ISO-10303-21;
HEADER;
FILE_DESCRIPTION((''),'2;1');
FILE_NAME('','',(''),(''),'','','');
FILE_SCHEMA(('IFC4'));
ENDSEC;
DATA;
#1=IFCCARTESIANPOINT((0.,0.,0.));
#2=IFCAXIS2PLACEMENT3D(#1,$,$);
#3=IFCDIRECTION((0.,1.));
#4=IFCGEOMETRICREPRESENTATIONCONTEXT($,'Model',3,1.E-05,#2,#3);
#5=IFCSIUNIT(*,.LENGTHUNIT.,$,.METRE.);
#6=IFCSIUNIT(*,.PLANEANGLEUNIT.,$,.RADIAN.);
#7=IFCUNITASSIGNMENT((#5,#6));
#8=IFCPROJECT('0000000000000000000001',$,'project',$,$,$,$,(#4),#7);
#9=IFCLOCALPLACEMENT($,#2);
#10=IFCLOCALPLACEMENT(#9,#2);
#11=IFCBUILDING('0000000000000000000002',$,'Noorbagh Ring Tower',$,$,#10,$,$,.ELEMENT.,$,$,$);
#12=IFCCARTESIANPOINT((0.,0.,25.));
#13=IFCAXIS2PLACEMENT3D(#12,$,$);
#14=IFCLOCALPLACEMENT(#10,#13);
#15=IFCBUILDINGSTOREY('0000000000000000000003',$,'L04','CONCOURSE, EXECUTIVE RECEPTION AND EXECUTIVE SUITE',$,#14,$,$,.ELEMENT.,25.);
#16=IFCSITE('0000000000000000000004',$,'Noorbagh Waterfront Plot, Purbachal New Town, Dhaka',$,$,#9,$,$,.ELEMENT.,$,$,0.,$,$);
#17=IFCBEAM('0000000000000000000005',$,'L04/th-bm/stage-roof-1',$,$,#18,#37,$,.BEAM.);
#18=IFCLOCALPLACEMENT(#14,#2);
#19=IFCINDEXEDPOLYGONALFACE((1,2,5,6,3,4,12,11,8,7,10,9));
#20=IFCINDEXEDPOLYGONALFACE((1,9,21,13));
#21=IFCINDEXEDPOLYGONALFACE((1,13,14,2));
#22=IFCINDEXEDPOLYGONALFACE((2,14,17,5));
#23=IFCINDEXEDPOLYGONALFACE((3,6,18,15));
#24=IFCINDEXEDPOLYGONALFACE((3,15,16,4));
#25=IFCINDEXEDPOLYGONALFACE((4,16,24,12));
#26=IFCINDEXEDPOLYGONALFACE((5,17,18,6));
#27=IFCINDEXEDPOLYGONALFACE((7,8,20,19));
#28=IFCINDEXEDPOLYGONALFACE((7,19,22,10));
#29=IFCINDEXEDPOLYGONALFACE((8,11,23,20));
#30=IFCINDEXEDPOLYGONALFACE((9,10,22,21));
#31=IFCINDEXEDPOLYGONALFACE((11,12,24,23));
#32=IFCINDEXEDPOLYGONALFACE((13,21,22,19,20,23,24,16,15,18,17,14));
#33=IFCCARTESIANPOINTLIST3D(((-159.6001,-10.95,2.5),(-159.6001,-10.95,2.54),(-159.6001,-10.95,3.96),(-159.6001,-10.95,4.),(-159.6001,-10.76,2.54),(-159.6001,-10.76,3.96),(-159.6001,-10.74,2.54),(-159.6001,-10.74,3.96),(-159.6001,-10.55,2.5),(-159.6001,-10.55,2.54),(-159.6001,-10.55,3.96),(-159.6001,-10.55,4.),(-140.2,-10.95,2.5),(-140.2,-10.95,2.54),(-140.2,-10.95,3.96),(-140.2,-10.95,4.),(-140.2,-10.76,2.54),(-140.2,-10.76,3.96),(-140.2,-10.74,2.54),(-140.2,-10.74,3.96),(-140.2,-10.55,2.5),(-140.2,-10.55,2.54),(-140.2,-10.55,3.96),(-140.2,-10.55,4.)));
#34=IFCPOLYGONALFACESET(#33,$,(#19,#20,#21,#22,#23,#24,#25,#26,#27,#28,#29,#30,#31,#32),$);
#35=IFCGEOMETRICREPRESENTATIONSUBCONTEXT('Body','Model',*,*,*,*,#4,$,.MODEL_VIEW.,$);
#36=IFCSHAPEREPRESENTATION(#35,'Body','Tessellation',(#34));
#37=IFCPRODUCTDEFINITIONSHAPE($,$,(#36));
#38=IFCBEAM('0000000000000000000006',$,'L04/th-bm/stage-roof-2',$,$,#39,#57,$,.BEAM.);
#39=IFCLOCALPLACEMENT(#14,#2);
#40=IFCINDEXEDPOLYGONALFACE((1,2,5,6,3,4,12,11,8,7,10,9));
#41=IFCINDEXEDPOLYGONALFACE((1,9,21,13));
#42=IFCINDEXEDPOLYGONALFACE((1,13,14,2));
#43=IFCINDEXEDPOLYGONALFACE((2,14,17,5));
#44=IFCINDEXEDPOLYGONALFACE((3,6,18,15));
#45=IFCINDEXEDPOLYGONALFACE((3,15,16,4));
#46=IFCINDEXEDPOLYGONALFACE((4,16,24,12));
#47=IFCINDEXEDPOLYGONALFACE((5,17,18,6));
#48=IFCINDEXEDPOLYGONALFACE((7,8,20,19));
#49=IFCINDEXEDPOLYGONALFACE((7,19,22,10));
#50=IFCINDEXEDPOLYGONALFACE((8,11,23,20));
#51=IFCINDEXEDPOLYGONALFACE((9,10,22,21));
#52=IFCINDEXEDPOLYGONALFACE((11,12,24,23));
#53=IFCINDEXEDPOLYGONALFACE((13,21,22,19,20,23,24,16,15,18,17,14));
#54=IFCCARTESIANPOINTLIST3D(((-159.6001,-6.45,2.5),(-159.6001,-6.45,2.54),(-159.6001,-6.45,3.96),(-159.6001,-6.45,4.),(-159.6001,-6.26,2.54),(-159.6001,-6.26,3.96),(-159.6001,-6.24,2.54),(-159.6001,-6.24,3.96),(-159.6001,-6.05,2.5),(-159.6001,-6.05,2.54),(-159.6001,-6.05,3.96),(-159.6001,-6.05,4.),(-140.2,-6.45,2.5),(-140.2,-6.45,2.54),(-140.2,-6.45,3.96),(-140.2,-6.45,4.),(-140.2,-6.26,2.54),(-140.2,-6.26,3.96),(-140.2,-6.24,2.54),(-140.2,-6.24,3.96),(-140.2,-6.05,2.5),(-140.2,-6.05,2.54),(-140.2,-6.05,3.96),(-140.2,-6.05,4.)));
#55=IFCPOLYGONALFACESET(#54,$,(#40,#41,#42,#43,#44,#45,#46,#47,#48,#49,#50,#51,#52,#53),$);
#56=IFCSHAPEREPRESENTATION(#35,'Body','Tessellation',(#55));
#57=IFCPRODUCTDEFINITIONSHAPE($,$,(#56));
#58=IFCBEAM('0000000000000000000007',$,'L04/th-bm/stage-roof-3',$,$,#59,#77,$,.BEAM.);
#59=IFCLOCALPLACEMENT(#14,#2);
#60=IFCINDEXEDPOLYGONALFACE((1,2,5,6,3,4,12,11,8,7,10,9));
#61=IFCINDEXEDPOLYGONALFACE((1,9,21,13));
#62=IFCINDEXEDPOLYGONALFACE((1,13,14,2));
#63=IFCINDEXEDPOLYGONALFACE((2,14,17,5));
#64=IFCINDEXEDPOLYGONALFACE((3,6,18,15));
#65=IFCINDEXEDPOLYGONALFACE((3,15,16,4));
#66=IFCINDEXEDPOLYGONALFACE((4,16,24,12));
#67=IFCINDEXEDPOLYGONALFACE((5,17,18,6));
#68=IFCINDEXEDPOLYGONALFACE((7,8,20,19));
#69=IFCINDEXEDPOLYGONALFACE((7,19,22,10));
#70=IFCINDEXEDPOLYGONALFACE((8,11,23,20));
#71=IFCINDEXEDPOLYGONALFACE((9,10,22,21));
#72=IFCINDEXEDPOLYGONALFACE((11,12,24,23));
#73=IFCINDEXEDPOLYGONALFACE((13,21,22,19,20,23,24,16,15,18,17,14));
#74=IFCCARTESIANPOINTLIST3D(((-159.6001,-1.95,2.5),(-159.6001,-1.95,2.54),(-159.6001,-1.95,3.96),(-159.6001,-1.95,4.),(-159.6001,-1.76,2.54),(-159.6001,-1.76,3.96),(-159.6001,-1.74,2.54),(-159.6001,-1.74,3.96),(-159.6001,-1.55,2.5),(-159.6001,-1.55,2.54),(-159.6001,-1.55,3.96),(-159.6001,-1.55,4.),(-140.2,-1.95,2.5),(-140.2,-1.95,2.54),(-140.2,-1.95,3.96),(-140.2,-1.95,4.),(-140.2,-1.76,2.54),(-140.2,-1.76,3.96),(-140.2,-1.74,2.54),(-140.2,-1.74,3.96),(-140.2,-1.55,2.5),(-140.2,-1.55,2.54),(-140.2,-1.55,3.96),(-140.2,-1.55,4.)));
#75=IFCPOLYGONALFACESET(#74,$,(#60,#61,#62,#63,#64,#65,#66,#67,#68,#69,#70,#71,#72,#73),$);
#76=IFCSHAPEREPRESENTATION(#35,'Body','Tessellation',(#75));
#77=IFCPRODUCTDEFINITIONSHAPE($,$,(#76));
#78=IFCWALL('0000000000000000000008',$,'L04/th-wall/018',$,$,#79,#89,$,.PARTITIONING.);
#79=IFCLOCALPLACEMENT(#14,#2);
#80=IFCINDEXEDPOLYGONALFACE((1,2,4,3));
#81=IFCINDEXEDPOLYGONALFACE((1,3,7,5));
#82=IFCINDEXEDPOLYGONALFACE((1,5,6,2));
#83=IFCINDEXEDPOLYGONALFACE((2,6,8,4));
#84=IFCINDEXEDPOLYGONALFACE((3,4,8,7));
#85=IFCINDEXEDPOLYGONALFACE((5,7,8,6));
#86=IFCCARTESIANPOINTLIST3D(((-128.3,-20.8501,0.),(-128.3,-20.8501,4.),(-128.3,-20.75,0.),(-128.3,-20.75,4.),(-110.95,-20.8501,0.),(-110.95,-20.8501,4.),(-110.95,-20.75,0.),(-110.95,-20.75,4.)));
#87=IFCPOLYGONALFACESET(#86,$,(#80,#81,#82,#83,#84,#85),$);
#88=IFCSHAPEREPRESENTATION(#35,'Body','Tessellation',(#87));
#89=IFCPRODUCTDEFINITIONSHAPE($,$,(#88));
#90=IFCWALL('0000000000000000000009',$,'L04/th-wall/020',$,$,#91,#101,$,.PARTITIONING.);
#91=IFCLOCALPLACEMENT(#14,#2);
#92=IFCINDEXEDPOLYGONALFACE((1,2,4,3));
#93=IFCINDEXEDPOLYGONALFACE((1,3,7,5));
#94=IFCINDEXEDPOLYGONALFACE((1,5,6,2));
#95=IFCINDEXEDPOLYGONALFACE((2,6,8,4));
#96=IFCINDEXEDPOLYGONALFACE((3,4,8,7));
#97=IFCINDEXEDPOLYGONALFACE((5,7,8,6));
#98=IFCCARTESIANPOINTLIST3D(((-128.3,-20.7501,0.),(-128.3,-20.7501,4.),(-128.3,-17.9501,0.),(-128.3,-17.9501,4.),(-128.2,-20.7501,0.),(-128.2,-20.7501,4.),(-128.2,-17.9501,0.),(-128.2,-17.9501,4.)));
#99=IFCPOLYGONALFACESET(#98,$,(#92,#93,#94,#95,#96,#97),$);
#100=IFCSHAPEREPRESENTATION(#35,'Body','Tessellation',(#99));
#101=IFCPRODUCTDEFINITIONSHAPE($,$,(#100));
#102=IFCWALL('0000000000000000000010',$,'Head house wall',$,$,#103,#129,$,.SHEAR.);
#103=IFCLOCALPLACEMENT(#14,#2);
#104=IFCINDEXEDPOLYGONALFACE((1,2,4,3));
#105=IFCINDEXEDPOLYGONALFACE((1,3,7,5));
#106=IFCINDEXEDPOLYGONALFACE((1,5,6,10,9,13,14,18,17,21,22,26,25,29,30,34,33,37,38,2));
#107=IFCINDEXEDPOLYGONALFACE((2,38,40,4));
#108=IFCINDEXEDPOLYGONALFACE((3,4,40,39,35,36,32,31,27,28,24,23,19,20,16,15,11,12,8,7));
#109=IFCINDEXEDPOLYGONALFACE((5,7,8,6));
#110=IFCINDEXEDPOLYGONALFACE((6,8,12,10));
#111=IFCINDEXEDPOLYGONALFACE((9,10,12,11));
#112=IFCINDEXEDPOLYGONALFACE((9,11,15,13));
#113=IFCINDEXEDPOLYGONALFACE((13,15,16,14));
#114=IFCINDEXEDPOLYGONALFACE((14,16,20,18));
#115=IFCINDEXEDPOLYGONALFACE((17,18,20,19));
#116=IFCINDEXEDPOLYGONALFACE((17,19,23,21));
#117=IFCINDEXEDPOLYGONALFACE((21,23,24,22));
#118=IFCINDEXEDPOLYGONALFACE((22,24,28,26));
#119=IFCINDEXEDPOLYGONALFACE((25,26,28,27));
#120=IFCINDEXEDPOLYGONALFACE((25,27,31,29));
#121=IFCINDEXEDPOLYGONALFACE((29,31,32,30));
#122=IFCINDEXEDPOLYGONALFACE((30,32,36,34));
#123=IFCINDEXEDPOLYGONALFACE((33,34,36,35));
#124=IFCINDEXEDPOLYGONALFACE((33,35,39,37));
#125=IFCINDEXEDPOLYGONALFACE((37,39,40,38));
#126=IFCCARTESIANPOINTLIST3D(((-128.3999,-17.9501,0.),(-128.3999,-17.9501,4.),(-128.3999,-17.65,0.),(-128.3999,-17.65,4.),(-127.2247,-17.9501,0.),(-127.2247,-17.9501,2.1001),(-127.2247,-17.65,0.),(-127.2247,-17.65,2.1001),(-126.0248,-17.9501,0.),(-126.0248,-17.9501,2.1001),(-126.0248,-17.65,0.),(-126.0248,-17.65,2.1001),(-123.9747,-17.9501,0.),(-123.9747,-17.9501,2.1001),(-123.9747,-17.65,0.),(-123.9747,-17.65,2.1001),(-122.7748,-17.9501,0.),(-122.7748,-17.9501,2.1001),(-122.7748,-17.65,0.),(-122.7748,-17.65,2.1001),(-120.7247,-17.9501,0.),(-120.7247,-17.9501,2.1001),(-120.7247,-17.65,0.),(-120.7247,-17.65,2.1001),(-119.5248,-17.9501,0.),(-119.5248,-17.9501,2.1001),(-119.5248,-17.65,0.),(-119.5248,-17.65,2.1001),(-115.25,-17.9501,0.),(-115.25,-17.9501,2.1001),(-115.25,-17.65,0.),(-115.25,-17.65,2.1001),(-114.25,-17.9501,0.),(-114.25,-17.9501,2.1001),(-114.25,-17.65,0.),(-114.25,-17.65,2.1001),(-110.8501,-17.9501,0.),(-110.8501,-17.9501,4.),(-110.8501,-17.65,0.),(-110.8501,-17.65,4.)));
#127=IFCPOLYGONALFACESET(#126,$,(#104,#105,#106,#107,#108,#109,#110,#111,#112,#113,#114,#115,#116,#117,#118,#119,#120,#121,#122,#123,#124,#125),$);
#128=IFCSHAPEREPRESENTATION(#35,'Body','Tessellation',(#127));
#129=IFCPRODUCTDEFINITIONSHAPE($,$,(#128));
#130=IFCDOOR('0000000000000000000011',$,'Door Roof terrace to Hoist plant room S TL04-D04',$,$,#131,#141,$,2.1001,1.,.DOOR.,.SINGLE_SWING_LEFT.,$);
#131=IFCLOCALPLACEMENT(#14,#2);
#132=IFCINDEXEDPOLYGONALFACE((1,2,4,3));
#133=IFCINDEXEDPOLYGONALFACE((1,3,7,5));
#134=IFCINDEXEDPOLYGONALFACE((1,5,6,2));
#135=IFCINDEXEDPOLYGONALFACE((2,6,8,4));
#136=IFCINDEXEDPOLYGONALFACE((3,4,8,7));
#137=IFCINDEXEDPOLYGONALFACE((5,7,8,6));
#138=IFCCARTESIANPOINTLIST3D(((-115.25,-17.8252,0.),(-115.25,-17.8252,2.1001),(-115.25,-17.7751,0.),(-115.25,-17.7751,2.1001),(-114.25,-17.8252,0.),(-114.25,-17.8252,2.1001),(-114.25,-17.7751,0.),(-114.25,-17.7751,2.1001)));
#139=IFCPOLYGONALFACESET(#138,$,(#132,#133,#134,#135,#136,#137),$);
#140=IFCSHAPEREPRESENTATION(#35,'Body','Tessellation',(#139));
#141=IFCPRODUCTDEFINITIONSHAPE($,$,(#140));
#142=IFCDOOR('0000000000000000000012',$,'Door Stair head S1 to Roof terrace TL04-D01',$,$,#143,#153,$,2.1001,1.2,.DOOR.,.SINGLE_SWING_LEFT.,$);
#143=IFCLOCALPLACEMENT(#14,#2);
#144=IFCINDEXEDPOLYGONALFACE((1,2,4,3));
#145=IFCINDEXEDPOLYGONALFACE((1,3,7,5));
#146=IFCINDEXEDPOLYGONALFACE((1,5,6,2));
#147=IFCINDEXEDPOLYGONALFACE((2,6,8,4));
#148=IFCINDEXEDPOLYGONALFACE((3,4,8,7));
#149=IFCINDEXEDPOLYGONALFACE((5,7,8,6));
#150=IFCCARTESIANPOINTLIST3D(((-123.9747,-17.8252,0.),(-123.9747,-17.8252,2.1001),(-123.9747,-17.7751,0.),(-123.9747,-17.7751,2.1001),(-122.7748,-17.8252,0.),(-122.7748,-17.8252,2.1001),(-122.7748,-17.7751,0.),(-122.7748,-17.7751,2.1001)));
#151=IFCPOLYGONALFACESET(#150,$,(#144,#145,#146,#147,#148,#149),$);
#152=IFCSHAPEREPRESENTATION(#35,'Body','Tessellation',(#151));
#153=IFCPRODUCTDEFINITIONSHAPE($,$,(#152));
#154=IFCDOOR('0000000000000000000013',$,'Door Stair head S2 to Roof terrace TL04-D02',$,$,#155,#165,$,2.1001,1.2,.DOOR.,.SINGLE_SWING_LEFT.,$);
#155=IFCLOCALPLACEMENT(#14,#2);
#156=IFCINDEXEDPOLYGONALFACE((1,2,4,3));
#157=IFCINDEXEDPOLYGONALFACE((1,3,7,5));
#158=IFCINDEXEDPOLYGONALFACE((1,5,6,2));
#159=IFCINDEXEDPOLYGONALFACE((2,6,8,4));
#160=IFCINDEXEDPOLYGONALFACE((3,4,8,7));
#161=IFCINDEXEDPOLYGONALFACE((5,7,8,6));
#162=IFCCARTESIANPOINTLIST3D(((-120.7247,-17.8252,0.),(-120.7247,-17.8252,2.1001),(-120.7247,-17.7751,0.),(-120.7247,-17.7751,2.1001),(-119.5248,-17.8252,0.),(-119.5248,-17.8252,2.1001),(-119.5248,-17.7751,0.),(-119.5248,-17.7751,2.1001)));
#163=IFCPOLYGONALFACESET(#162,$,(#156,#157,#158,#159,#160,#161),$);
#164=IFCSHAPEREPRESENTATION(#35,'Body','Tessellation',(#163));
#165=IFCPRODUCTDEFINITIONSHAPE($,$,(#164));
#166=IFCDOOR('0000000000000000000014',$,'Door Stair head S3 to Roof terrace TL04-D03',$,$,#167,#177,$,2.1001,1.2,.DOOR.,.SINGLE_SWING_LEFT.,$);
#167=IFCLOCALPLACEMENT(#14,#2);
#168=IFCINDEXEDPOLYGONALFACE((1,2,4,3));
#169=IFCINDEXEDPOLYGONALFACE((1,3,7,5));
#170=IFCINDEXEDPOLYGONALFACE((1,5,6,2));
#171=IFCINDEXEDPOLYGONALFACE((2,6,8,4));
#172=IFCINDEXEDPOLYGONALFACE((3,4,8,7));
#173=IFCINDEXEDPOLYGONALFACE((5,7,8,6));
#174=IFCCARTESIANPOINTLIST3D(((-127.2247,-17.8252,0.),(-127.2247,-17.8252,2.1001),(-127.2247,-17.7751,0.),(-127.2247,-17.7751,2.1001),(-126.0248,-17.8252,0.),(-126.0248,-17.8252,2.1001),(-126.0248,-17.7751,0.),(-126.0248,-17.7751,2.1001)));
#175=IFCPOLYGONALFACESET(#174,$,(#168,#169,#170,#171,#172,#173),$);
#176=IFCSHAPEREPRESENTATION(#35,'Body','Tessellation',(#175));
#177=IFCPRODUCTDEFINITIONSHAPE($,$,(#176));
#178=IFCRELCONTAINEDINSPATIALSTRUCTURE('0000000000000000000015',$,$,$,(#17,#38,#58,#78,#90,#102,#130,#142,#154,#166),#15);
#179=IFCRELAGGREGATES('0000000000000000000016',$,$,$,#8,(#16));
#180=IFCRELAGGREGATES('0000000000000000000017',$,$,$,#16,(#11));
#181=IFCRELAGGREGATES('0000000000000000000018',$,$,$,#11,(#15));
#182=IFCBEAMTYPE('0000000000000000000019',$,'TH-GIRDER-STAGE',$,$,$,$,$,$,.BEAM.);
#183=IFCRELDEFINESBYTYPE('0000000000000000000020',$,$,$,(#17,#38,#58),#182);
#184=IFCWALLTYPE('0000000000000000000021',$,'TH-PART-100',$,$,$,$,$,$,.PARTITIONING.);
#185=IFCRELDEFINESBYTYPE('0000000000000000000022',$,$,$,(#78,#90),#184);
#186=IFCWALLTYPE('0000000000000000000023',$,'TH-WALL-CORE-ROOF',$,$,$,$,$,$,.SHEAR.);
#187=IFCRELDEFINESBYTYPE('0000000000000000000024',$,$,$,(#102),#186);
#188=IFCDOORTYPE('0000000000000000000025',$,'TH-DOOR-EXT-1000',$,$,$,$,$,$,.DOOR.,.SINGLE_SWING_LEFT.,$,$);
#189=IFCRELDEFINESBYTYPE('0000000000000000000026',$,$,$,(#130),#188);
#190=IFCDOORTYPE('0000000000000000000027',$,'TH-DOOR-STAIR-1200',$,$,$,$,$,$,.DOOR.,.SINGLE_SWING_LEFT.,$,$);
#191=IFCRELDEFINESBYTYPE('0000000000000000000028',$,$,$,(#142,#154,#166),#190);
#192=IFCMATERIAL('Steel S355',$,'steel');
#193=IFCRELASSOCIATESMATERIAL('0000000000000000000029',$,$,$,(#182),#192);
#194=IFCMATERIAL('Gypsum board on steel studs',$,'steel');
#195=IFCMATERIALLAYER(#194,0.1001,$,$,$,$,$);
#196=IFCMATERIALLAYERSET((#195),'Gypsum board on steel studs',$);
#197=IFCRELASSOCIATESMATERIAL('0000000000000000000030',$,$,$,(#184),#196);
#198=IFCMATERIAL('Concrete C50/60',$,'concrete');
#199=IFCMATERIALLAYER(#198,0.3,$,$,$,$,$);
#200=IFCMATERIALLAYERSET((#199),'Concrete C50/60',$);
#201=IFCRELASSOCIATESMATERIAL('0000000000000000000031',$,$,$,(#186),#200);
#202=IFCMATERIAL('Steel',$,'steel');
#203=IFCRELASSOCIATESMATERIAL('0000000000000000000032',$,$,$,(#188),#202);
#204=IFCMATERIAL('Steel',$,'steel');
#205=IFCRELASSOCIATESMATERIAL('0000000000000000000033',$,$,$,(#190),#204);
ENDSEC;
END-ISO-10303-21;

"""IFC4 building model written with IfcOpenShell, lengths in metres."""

from ifc_helpers import new_model, si_unit, direction, frame, frame_2d, origin, origin_2d, place, context, subcontext, project, spatial, rectangle, i_section, extrude, material, layer, layer_set, material_profile, profile_set, type_object, element, fill, save


model = new_model("IFC4")

# Units and contexts
model_context = context("Model", 3, precision=1e-05, world=origin(), true_north=direction((0.0, 1.0)))
body_context = subcontext(model_context, "Body", "Model", "MODEL_VIEW")
ifc_project = project(units=[si_unit("LENGTHUNIT", "METRE"), si_unit("PLANEANGLEUNIT", "RADIAN")], contexts=[model_context])

# Site, building, storey
site_placement = place(None, origin())
site = spatial("IfcSite", under=ifc_project, at=site_placement, Name="Noorbagh Waterfront Plot, Purbachal New Town, Dhaka", CompositionType="ELEMENT", RefElevation=0.0)
building_placement = place(site_placement, origin())
building = spatial("IfcBuilding", under=site, at=building_placement, Name="Noorbagh Ring Tower", CompositionType="ELEMENT")
storey_placement = place(building_placement, frame((0.0, 0.0, 25.0)))
storey = spatial("IfcBuildingStorey", under=building, at=storey_placement, Name="L04", Description="CONCOURSE, EXECUTIVE RECEPTION AND EXECUTIVE SUITE", CompositionType="ELEMENT", Elevation=25.0)

# Beams
ifc_material_1 = material(Name="Steel S355", Category="steel")
ifc_material_profile = material_profile(ifc_material_1, i_section(OverallWidth=0.3999, OverallDepth=1.5, WebThickness=0.02, FlangeThickness=0.04, at=origin_2d()), Name="PG1500x400x20x40")
ifc_profile_set = profile_set([ifc_material_profile], Name="Steel S355")
beam_type = type_object("IfcBeamType", Name="TH-GIRDER-STAGE", PredefinedType="BEAM", material=ifc_profile_set)
for number, where, z_axis, x_axis, name in (
    (1, (-159.6001, -10.75, 3.25), (1.0, 0.0, 0.0), (0.0, 1.0, 0.0), "L04/th-bm/stage-roof-1"),
    (2, (-159.6001, -6.25, 3.25), (1.0, 0.0, 0.0), (0.0, 1.0, 0.0), "L04/th-bm/stage-roof-2"),
    (3, (-159.6001, -1.75, 3.25), (1.0, 0.0, 0.0), (0.0, 1.0, 0.0), "L04/th-bm/stage-roof-3"),
):
    element("IfcBeam", number, at=place(storey_placement, frame(where, z_axis=z_axis, x_axis=x_axis)), inside=storey, type_object=beam_type, Name=name, PredefinedType="BEAM", context=body_context, shape_type="SweptSolid", body=[
        extrude(i_section(OverallWidth=0.3999, OverallDepth=1.5, WebThickness=0.02, FlangeThickness=0.04, at=origin_2d()), origin(), (0.0, 0.0, 1.0), 19.4001),
    ])

# Walls
ifc_material_2 = material(Name="Gypsum board on steel studs", Category="steel")
ifc_layer_1 = layer(ifc_material_2, 0.1001)
ifc_layer_set_1 = layer_set([ifc_layer_1], Name="Gypsum board on steel studs")
wall_type_1 = type_object("IfcWallType", Name="TH-PART-100", PredefinedType="PARTITIONING", material=ifc_layer_set_1)
wall_1_placement = place(storey_placement, frame((-128.3, -20.8, 0.0), z_axis=(0.0, 0.0, 1.0), x_axis=(1.0, 0.0, 0.0)))
element("IfcWall", 4, at=wall_1_placement, inside=storey, type_object=wall_type_1, Name="L04/th-wall/018", PredefinedType="PARTITIONING", context=body_context, shape_type="SweptSolid", body=[
    extrude(rectangle(XDim=17.3501, YDim=0.1001, at=frame_2d((8.675, 0.0))), origin(), (0.0, 0.0, 1.0), 4.0),
])
wall_2_placement = place(storey_placement, frame((-128.25, -20.75, 0.0), z_axis=(0.0, 0.0, 1.0), x_axis=(0.0, 1.0, 0.0)))
element("IfcWall", 5, at=wall_2_placement, inside=storey, type_object=wall_type_1, Name="L04/th-wall/020", PredefinedType="PARTITIONING", context=body_context, shape_type="SweptSolid", body=[
    extrude(rectangle(XDim=2.8, YDim=0.1001, at=frame_2d((1.3999, 0.0))), origin(), (0.0, 0.0, 1.0), 4.0),
])

# Wall, openings, doors
ifc_material_3 = material(Name="Concrete C50/60", Category="concrete")
ifc_layer_2 = layer(ifc_material_3, 0.3)
ifc_layer_set_2 = layer_set([ifc_layer_2], Name="Concrete C50/60")
wall_type_2 = type_object("IfcWallType", Name="TH-WALL-CORE-ROOF", PredefinedType="SHEAR", material=ifc_layer_set_2)
wall_3_placement = place(storey_placement, frame((-128.3999, -17.8, 0.0), z_axis=(0.0, 0.0, 1.0), x_axis=(1.0, 0.0, 0.0)))
wall_3 = element("IfcWall", 6, at=wall_3_placement, inside=storey, type_object=wall_type_2, Name="Head house wall", PredefinedType="SHEAR", context=body_context, shape_type="SweptSolid", body=[
    extrude(rectangle(XDim=17.5498, YDim=0.3, at=frame_2d((8.7749, 0.0))), origin(), (0.0, 0.0, 1.0), 4.0),
])
opening_1_placement = place(wall_3_placement, frame((4.425, 0.0, 0.0)))
opening_1 = element("IfcOpeningElement", 7, at=opening_1_placement, cuts=wall_3, PredefinedType="OPENING", context=body_context, shape_type="SweptSolid", body=[
    extrude(rectangle(XDim=1.2, YDim=2.1001, at=frame_2d((0.6001, 1.05))), frame((0.0, 0.1602, 0.0), z_axis=(0.0, -1.0, 0.0), x_axis=(1.0, 0.0, 0.0)), (0.0, 0.0, 1.0), 0.3201),
])
opening_2_placement = place(wall_3_placement, frame((7.675, 0.0, 0.0)))
opening_2 = element("IfcOpeningElement", 8, at=opening_2_placement, cuts=wall_3, PredefinedType="OPENING", context=body_context, shape_type="SweptSolid", body=[
    extrude(rectangle(XDim=1.2, YDim=2.1001, at=frame_2d((0.6001, 1.05))), frame((0.0, 0.1602, 0.0), z_axis=(0.0, -1.0, 0.0), x_axis=(1.0, 0.0, 0.0)), (0.0, 0.0, 1.0), 0.3201),
])
opening_3_placement = place(wall_3_placement, frame((1.175, 0.0, 0.0)))
opening_3 = element("IfcOpeningElement", 9, at=opening_3_placement, cuts=wall_3, PredefinedType="OPENING", context=body_context, shape_type="SweptSolid", body=[
    extrude(rectangle(XDim=1.2, YDim=2.1001, at=frame_2d((0.6001, 1.05))), frame((0.0, 0.1602, 0.0), z_axis=(0.0, -1.0, 0.0), x_axis=(1.0, 0.0, 0.0)), (0.0, 0.0, 1.0), 0.3201),
])
opening_4_placement = place(wall_3_placement, frame((13.1499, 0.0, 0.0)))
opening_4 = element("IfcOpeningElement", 10, at=opening_4_placement, cuts=wall_3, PredefinedType="OPENING", context=body_context, shape_type="SweptSolid", body=[
    extrude(rectangle(XDim=1.0, YDim=2.1001, at=frame_2d((0.5, 1.05))), frame((0.0, 0.1602, 0.0), z_axis=(0.0, -1.0, 0.0), x_axis=(1.0, 0.0, 0.0)), (0.0, 0.0, 1.0), 0.3201),
])
ifc_material_4 = material(Name="Steel", Category="steel")
door_type_1 = type_object("IfcDoorType", Name="TH-DOOR-EXT-1000", OperationType="SINGLE_SWING_LEFT", PredefinedType="DOOR", material=ifc_material_4)
door_1_placement = place(opening_4_placement, origin())
door_1 = element("IfcDoor", 11, at=door_1_placement, inside=storey, type_object=door_type_1, Name="Door Roof terrace to Hoist plant room S TL04-D04", OperationType="SINGLE_SWING_LEFT", OverallHeight=2.1001, OverallWidth=1.0, PredefinedType="DOOR", context=body_context, shape_type="SweptSolid", body=[
    extrude(rectangle(XDim=1.0, YDim=2.1001, at=frame_2d((0.5, 1.05))), frame((0.0, 0.0249, 0.0), z_axis=(0.0, -1.0, 0.0), x_axis=(1.0, 0.0, 0.0)), (0.0, 0.0, 1.0), 0.05),
])
fill(opening_4, door_1)
ifc_material_5 = material(Name="Steel", Category="steel")
door_type_2 = type_object("IfcDoorType", Name="TH-DOOR-STAIR-1200", OperationType="SINGLE_SWING_LEFT", PredefinedType="DOOR", material=ifc_material_5)
door_2_placement = place(opening_1_placement, origin())
door_2 = element("IfcDoor", 12, at=door_2_placement, inside=storey, type_object=door_type_2, Name="Door Stair head S1 to Roof terrace TL04-D01", OperationType="SINGLE_SWING_LEFT", OverallHeight=2.1001, OverallWidth=1.2, PredefinedType="DOOR", context=body_context, shape_type="SweptSolid", body=[
    extrude(rectangle(XDim=1.2, YDim=2.1001, at=frame_2d((0.6001, 1.05))), frame((0.0, 0.0249, 0.0), z_axis=(0.0, -1.0, 0.0), x_axis=(1.0, 0.0, 0.0)), (0.0, 0.0, 1.0), 0.05),
])
fill(opening_1, door_2)
door_3_placement = place(opening_2_placement, origin())
door_3 = element("IfcDoor", 13, at=door_3_placement, inside=storey, type_object=door_type_2, Name="Door Stair head S2 to Roof terrace TL04-D02", OperationType="SINGLE_SWING_LEFT", OverallHeight=2.1001, OverallWidth=1.2, PredefinedType="DOOR", context=body_context, shape_type="SweptSolid", body=[
    extrude(rectangle(XDim=1.2, YDim=2.1001, at=frame_2d((0.6001, 1.05))), frame((0.0, 0.0249, 0.0), z_axis=(0.0, -1.0, 0.0), x_axis=(1.0, 0.0, 0.0)), (0.0, 0.0, 1.0), 0.05),
])
fill(opening_2, door_3)
door_4_placement = place(opening_3_placement, origin())
door_4 = element("IfcDoor", 14, at=door_4_placement, inside=storey, type_object=door_type_2, Name="Door Stair head S3 to Roof terrace TL04-D03", OperationType="SINGLE_SWING_LEFT", OverallHeight=2.1001, OverallWidth=1.2, PredefinedType="DOOR", context=body_context, shape_type="SweptSolid", body=[
    extrude(rectangle(XDim=1.2, YDim=2.1001, at=frame_2d((0.6001, 1.05))), frame((0.0, 0.0249, 0.0), z_axis=(0.0, -1.0, 0.0), x_axis=(1.0, 0.0, 0.0)), (0.0, 0.0, 1.0), 0.05),
])
fill(opening_3, door_4)

save(model, "model.ifc")
